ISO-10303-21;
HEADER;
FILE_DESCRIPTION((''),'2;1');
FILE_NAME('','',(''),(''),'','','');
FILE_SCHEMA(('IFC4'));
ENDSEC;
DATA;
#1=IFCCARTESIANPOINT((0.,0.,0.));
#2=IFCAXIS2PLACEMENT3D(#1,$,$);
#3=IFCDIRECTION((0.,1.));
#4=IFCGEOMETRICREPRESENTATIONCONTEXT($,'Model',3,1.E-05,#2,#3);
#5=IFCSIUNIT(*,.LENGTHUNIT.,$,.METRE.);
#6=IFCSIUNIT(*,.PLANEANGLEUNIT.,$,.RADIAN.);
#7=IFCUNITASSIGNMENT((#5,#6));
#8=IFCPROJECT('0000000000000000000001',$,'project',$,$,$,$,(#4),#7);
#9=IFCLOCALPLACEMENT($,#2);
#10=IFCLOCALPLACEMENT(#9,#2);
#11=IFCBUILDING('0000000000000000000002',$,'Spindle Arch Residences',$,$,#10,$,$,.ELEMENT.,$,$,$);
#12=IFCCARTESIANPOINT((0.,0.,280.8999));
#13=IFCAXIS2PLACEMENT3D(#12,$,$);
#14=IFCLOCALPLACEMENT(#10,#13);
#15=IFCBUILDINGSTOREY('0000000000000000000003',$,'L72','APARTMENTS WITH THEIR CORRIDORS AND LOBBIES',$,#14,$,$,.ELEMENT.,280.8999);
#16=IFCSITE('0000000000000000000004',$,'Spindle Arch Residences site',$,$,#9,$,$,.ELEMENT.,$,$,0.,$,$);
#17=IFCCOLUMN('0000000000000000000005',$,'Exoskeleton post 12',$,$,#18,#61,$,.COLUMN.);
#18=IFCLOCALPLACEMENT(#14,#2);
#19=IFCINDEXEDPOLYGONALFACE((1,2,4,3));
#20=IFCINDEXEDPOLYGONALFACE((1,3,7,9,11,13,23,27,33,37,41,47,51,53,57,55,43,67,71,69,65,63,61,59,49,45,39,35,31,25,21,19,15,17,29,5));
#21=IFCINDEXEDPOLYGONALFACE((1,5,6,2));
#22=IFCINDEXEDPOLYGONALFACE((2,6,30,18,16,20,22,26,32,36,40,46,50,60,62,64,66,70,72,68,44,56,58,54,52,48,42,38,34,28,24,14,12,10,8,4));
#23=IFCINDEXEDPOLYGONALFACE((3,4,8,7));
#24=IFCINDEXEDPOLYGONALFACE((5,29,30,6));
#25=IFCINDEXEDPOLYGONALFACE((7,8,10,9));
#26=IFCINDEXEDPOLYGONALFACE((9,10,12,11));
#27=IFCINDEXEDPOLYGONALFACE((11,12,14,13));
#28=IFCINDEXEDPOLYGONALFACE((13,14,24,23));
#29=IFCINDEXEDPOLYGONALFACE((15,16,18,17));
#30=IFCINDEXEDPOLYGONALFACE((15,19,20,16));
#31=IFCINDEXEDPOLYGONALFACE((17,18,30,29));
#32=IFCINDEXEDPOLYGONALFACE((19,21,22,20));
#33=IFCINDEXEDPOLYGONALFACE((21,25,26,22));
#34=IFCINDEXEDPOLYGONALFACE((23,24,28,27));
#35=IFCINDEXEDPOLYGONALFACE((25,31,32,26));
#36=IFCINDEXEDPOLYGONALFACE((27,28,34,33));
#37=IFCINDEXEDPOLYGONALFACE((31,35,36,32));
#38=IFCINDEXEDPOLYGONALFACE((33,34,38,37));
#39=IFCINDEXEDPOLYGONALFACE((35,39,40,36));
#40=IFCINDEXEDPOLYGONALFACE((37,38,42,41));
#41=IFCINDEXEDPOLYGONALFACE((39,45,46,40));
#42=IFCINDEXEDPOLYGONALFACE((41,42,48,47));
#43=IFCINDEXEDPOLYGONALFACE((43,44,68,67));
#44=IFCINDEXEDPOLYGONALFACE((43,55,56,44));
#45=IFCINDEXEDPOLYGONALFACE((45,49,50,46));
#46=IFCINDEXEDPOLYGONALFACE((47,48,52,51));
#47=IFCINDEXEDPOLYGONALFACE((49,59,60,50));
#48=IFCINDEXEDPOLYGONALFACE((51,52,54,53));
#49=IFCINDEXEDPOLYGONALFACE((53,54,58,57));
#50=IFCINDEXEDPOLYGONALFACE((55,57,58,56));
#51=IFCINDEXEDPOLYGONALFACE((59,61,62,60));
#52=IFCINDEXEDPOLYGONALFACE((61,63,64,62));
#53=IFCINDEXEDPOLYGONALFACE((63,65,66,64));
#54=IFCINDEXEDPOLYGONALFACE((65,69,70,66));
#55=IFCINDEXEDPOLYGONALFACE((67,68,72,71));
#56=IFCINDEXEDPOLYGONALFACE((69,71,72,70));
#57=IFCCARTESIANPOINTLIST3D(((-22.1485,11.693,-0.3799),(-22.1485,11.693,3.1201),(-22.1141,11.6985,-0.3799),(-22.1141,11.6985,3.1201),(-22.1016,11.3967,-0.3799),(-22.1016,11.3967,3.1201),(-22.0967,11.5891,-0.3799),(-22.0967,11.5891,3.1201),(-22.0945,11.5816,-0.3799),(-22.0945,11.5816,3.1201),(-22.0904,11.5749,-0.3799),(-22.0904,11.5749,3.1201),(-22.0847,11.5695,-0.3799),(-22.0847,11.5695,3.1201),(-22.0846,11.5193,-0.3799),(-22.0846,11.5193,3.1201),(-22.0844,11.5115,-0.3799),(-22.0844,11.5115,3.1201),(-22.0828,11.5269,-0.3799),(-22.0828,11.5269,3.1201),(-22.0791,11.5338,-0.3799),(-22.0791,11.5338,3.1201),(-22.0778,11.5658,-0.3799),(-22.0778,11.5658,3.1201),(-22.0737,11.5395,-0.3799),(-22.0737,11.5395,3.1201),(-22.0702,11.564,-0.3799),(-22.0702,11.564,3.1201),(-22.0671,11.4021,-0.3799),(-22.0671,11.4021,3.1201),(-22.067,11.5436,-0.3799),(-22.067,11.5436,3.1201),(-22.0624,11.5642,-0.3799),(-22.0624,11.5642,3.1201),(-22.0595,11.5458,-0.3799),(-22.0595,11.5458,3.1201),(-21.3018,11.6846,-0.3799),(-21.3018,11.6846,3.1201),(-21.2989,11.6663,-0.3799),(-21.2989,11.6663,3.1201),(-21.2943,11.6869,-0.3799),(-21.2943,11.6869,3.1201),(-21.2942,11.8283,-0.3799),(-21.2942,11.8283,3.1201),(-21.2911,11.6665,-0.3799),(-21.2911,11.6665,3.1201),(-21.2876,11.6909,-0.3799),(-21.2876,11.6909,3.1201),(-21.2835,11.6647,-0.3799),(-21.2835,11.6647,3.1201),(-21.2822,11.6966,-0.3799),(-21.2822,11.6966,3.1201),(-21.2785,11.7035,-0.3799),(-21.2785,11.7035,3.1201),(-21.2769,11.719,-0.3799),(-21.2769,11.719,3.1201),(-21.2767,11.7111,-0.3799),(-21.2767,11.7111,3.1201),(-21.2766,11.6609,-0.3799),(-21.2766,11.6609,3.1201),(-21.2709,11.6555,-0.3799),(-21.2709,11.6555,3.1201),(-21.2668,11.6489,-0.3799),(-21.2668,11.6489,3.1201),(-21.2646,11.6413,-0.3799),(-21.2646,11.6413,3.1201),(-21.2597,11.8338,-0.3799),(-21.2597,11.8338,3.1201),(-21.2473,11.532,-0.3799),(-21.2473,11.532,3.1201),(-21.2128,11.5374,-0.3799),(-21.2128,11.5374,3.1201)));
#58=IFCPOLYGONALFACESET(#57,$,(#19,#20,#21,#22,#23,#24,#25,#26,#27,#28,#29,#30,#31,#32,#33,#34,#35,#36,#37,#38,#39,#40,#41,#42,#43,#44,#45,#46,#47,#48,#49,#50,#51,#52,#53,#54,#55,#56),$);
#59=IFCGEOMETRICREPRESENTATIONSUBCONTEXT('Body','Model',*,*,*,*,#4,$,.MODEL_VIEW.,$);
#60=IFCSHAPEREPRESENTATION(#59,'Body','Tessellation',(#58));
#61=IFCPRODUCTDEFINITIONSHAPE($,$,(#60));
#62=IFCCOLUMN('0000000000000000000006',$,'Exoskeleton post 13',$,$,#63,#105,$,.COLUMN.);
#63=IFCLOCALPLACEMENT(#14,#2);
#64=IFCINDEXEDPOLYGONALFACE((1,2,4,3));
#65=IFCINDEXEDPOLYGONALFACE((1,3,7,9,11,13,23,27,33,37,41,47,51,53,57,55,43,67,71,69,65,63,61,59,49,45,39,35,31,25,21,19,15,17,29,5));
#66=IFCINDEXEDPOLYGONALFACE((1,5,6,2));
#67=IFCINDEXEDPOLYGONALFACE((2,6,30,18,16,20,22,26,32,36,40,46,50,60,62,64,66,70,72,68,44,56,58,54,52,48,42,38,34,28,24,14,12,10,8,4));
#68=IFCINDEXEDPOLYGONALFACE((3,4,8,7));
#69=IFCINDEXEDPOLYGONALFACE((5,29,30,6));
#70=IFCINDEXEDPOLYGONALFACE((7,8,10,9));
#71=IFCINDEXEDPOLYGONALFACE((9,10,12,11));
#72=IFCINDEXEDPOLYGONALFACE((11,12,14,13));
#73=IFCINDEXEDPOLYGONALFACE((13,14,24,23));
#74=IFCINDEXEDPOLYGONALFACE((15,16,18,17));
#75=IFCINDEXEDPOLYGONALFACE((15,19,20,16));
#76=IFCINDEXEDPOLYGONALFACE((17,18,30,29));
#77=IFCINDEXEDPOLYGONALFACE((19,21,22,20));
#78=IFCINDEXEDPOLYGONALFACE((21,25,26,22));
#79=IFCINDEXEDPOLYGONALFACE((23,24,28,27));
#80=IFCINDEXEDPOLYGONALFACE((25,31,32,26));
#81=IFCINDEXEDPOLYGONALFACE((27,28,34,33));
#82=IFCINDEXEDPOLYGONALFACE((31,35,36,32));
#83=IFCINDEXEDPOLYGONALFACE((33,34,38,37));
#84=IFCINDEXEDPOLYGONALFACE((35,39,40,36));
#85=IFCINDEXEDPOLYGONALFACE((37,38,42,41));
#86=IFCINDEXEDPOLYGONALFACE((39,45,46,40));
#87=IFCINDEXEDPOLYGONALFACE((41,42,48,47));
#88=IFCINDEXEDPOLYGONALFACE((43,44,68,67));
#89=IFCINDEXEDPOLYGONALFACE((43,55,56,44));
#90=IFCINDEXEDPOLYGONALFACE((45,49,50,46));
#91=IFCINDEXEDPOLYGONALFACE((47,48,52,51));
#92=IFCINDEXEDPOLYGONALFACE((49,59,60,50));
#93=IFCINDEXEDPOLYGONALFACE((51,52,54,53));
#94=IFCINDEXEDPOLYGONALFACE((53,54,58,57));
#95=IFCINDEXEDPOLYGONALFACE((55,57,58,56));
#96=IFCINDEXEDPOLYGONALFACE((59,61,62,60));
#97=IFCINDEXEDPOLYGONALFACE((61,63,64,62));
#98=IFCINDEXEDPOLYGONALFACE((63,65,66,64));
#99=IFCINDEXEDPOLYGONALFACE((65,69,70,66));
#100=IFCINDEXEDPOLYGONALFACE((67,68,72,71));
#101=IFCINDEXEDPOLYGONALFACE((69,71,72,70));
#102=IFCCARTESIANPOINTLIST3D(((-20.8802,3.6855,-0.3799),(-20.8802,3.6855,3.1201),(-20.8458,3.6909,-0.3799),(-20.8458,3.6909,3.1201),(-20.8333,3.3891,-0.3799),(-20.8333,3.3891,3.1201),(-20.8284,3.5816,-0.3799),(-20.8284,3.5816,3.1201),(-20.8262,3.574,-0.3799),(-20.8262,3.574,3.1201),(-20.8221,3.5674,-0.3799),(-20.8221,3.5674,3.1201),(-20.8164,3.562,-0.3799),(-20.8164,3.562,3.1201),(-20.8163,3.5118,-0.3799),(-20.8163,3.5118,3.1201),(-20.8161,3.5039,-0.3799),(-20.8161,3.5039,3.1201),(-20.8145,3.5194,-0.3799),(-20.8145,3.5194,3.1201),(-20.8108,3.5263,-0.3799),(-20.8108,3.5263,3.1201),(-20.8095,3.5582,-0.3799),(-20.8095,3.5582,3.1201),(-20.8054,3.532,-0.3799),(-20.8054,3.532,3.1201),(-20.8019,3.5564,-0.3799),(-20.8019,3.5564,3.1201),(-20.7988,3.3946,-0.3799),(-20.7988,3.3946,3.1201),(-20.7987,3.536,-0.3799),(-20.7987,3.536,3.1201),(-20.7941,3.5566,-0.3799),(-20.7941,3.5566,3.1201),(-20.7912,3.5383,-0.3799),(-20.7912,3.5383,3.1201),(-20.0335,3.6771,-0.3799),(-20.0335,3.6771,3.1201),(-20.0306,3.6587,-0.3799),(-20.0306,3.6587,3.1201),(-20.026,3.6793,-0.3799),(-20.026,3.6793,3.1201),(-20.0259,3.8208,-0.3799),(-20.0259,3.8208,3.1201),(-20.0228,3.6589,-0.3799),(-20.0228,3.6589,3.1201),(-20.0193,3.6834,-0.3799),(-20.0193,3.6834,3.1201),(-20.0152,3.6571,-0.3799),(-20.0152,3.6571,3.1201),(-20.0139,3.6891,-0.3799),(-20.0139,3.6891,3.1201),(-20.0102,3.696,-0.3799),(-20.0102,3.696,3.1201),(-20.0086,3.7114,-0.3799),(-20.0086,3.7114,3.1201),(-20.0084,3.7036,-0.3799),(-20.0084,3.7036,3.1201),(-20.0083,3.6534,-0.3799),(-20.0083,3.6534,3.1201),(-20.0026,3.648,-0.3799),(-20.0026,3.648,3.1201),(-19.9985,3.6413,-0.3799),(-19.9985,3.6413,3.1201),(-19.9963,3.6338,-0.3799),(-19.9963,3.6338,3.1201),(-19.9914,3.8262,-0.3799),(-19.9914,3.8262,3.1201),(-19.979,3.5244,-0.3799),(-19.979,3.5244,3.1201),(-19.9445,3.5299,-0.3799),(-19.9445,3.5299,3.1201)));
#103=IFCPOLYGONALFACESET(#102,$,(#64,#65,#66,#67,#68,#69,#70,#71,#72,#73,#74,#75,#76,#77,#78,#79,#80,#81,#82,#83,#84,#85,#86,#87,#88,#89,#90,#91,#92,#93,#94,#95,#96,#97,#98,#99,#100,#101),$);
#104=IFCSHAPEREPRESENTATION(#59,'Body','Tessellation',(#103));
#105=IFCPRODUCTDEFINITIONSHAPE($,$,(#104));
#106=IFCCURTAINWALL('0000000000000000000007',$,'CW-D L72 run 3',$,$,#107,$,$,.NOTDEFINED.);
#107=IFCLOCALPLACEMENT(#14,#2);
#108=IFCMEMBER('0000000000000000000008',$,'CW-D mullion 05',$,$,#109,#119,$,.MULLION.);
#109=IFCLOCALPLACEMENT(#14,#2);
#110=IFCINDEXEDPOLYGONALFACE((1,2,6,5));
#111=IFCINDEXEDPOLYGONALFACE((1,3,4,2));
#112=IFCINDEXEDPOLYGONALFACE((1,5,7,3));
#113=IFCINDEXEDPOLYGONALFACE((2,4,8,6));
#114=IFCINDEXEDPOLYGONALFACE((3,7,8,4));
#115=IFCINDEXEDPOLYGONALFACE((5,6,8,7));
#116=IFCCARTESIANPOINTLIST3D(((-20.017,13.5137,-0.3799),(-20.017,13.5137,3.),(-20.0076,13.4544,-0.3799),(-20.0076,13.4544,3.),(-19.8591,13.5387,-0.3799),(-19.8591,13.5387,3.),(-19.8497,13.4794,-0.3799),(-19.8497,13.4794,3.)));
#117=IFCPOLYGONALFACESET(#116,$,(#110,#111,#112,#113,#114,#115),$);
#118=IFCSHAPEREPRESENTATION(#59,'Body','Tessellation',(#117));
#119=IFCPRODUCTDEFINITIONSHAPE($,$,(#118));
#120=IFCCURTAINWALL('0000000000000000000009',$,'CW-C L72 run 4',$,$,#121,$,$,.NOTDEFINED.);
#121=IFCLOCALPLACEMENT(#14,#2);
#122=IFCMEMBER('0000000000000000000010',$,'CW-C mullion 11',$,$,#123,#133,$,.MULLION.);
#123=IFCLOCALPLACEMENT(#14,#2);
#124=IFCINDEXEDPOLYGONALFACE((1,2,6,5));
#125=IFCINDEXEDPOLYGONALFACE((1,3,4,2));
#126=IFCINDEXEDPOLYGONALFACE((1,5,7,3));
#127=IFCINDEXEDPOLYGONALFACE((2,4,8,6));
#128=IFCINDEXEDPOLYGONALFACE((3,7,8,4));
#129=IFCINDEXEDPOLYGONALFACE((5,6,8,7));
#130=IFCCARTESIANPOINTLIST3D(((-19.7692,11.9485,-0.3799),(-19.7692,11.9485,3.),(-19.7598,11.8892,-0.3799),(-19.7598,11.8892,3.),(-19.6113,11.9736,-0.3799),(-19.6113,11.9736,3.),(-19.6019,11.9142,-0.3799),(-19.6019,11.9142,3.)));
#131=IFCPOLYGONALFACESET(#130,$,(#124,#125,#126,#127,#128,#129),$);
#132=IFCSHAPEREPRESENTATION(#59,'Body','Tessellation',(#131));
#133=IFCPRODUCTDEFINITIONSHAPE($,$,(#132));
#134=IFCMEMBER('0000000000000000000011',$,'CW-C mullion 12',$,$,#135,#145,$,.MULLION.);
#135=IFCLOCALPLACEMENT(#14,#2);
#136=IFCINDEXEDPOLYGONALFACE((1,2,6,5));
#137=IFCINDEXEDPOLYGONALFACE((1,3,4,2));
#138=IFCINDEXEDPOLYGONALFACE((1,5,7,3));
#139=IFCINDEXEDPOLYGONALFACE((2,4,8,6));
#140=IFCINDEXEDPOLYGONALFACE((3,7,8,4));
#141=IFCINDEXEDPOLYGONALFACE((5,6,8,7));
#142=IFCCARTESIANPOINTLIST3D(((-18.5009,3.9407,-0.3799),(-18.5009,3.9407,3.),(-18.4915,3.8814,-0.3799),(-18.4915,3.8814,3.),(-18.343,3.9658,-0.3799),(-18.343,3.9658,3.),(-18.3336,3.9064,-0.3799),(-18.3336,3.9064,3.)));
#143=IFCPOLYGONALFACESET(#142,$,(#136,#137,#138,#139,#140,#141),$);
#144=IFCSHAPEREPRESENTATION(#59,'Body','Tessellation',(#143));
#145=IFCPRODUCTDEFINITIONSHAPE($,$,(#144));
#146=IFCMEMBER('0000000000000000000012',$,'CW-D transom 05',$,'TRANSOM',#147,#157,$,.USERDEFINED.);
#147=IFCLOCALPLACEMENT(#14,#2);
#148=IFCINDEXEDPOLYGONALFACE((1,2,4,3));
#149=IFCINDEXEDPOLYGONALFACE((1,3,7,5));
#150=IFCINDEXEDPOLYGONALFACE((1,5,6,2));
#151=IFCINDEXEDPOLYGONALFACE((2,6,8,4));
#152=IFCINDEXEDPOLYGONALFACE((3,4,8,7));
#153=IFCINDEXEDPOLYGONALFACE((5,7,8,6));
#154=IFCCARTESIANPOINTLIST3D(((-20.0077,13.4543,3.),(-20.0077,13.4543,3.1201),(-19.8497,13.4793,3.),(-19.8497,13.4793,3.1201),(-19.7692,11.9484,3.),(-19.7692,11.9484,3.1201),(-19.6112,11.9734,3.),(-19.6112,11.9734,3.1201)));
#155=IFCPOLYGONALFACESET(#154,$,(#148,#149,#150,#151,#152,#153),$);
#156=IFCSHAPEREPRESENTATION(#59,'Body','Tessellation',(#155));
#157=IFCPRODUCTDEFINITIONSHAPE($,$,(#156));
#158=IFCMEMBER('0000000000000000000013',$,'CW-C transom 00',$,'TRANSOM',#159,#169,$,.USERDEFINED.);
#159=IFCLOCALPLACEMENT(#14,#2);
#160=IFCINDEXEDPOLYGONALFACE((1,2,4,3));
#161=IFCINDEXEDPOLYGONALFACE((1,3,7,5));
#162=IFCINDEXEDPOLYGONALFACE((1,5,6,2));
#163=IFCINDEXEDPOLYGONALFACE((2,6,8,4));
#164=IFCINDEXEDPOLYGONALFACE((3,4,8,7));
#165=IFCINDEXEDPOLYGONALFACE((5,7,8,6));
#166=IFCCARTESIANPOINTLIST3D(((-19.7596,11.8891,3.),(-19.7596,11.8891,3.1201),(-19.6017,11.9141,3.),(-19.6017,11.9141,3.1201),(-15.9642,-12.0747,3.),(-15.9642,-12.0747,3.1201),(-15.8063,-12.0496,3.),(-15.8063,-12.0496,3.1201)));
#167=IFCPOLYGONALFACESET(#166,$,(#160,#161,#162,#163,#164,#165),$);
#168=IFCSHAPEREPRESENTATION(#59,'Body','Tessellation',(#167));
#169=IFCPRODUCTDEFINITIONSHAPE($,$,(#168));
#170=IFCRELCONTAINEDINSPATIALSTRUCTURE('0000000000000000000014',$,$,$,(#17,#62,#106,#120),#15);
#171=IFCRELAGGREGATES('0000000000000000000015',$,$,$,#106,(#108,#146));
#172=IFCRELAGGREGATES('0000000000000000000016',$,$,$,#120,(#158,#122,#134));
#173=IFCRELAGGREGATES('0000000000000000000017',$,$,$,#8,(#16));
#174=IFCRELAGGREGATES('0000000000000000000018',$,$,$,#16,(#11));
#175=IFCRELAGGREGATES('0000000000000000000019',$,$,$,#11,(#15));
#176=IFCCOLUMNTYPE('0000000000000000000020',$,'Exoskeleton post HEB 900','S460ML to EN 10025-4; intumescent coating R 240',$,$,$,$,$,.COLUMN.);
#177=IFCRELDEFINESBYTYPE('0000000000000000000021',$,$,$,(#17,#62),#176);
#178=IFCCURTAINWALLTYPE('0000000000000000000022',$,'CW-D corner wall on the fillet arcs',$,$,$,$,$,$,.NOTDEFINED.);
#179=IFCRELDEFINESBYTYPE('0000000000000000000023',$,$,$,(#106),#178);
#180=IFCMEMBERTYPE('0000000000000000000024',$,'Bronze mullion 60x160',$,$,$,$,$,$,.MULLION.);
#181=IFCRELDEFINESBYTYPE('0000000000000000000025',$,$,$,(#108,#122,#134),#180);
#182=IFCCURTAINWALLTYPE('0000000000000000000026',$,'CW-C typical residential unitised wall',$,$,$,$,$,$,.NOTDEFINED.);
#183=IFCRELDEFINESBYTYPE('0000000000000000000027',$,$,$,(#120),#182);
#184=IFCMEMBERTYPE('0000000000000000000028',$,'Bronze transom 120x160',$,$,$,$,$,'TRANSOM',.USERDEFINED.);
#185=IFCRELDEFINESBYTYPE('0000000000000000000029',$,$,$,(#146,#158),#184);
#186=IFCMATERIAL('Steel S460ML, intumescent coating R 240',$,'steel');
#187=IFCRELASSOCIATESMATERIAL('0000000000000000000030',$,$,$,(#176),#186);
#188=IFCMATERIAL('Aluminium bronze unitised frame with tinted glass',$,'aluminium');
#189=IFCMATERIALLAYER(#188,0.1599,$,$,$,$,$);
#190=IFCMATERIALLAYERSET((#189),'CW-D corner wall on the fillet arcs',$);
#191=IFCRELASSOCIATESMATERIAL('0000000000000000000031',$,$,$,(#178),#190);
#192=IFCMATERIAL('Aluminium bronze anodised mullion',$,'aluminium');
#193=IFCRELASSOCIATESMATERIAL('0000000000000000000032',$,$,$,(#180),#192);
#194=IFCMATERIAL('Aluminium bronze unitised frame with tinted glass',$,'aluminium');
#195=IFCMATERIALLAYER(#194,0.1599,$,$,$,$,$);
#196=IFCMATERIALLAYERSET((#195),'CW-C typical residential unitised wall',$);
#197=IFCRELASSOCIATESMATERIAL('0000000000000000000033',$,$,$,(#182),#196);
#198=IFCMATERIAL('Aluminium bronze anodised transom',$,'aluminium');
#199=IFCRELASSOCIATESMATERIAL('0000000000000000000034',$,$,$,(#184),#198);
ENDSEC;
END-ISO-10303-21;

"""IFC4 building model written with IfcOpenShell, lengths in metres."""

from ifc_helpers import new_model, si_unit, direction, frame, origin, origin_2d, place, context, subcontext, project, spatial, rectangle, i_section, extrude, material, layer, layer_set, material_profile, profile_set, type_object, element, aggregate, save


model = new_model("IFC4")

# Units and contexts
model_context = context("Model", 3, precision=1e-05, world=origin(), true_north=direction((0.0, 1.0)))
body_context = subcontext(model_context, "Body", "Model", "MODEL_VIEW")
ifc_project = project(units=[si_unit("LENGTHUNIT", "METRE"), si_unit("PLANEANGLEUNIT", "RADIAN")], contexts=[model_context])

# Site, building, storey
site_placement = place(None, origin())
site = spatial("IfcSite", under=ifc_project, at=site_placement, Name="Spindle Arch Residences site", CompositionType="ELEMENT", RefElevation=0.0)
building_placement = place(site_placement, origin())
building = spatial("IfcBuilding", under=site, at=building_placement, Name="Spindle Arch Residences", CompositionType="ELEMENT")
storey_placement = place(building_placement, frame((0.0, 0.0, 280.8999)))
storey = spatial("IfcBuildingStorey", under=building, at=storey_placement, Name="L72", Description="APARTMENTS WITH THEIR CORRIDORS AND LOBBIES", CompositionType="ELEMENT", Elevation=280.8999)

# Columns
ifc_material_1 = material(Name="Steel S460ML, intumescent coating R 240", Category="steel")
ifc_material_profile_1 = material_profile(ifc_material_1, i_section(OverallWidth=0.3, OverallDepth=0.8999, WebThickness=0.0186, FlangeThickness=0.0349, FilletRadius=0.03, at=origin_2d()), Name="HEB 900")
ifc_profile_set_1 = profile_set([ifc_material_profile_1], Name="Steel S460ML, intumescent coating R 240")
column_type = type_object("IfcColumnType", Name="Exoskeleton post HEB 900", Description="S460ML to EN 10025-4; intumescent coating R 240", PredefinedType="COLUMN", material=ifc_profile_set_1)
for number, where, z_axis, x_axis, name in (
    (1, (-21.6807, 11.6152, -0.3799), (0.0, 0.0, 1.0), (-0.156434, 0.987688, 0.0), "Exoskeleton post 12"),
    (2, (-20.4124, 3.6077, -0.3799), (0.0, 0.0, 1.0), (-0.156434, 0.987688, 0.0), "Exoskeleton post 13"),
):
    element("IfcColumn", number, at=place(storey_placement, frame(where, z_axis=z_axis, x_axis=x_axis)), inside=storey, type_object=column_type, Name=name, PredefinedType="COLUMN", context=body_context, shape_type="SweptSolid", body=[
        extrude(i_section(OverallWidth=0.3, OverallDepth=0.8999, WebThickness=0.0186, FlangeThickness=0.0349, FilletRadius=0.03, at=origin_2d()), origin(), (0.0, 0.0, 1.0), 3.5),
    ])

# Curtain wall, member
ifc_material_2 = material(Name="Aluminium bronze unitised frame with tinted glass", Category="aluminium")
ifc_layer_1 = layer(ifc_material_2, 0.1599)
ifc_layer_set_1 = layer_set([ifc_layer_1], Name="CW-D corner wall on the fillet arcs")
curtain_wall_type_1 = type_object("IfcCurtainWallType", Name="CW-D corner wall on the fillet arcs", PredefinedType="NOTDEFINED", material=ifc_layer_set_1)
curtain_wall_1_placement = place(storey_placement, origin())
curtain_wall_1 = element("IfcCurtainWall", 3, at=curtain_wall_1_placement, inside=storey, type_object=curtain_wall_type_1, Name="CW-D L72 run 3", PredefinedType="NOTDEFINED")
ifc_material_3 = material(Name="Aluminium bronze anodised mullion", Category="aluminium")
ifc_material_profile_2 = material_profile(ifc_material_3, rectangle(XDim=0.1599, YDim=0.0601, at=origin_2d()), Name="MU 60x160")
ifc_profile_set_2 = profile_set([ifc_material_profile_2], Name="Aluminium bronze anodised mullion")
member_type_1 = type_object("IfcMemberType", Name="Bronze mullion 60x160", PredefinedType="MULLION", material=ifc_profile_set_2)
member_1_placement = place(storey_placement, frame((-19.9333, 13.4966, -0.3799), z_axis=(0.0, 0.0, 1.0), x_axis=(0.987688, 0.156434, 0.0)))
member_1 = element("IfcMember", 4, at=member_1_placement, type_object=member_type_1, Name="CW-D mullion 05", PredefinedType="MULLION", context=body_context, shape_type="SweptSolid", body=[
    extrude(rectangle(XDim=0.1599, YDim=0.0601, at=origin_2d()), origin(), (0.0, 0.0, 1.0), 3.3799),
])

# Curtain wall, members
ifc_material_4 = material(Name="Aluminium bronze unitised frame with tinted glass", Category="aluminium")
ifc_layer_2 = layer(ifc_material_4, 0.1599)
ifc_layer_set_2 = layer_set([ifc_layer_2], Name="CW-C typical residential unitised wall")
curtain_wall_type_2 = type_object("IfcCurtainWallType", Name="CW-C typical residential unitised wall", PredefinedType="NOTDEFINED", material=ifc_layer_set_2)
curtain_wall_2_placement = place(storey_placement, origin())
curtain_wall_2 = element("IfcCurtainWall", 5, at=curtain_wall_2_placement, inside=storey, type_object=curtain_wall_type_2, Name="CW-C L72 run 4", PredefinedType="NOTDEFINED")
member_2_placement = place(storey_placement, frame((-19.6855, 11.9314, -0.3799), z_axis=(0.0, 0.0, 1.0), x_axis=(0.987688, 0.156434, 0.0)))
member_2 = element("IfcMember", 6, at=member_2_placement, type_object=member_type_1, Name="CW-C mullion 11", PredefinedType="MULLION", context=body_context, shape_type="SweptSolid", body=[
    extrude(rectangle(XDim=0.1599, YDim=0.0601, at=origin_2d()), origin(), (0.0, 0.0, 1.0), 3.3799),
])
member_3_placement = place(storey_placement, frame((-18.4172, 3.9236, -0.3799), z_axis=(0.0, 0.0, 1.0), x_axis=(0.987688, 0.156434, 0.0)))
member_3 = element("IfcMember", 7, at=member_3_placement, type_object=member_type_1, Name="CW-C mullion 12", PredefinedType="MULLION", context=body_context, shape_type="SweptSolid", body=[
    extrude(rectangle(XDim=0.1599, YDim=0.0601, at=origin_2d()), origin(), (0.0, 0.0, 1.0), 3.3799),
])

# Members
ifc_material_5 = material(Name="Aluminium bronze anodised transom", Category="aluminium")
ifc_material_profile_3 = material_profile(ifc_material_5, rectangle(XDim=0.1599, YDim=0.1201, at=origin_2d()), Name="TR 120x160")
ifc_profile_set_3 = profile_set([ifc_material_profile_3], Name="Aluminium bronze anodised transom")
member_type_2 = type_object("IfcMemberType", Name="Bronze transom 120x160", ElementType="TRANSOM", PredefinedType="USERDEFINED", material=ifc_profile_set_3)
member_4_placement = place(storey_placement, frame((-19.9287, 13.4668, 3.0601), z_axis=(0.156448, -0.987686, 0.0), x_axis=(0.987686, 0.156448, 0.0)))
member_4 = element("IfcMember", 8, at=member_4_placement, type_object=member_type_2, Name="CW-D transom 05", ObjectType="TRANSOM", PredefinedType="USERDEFINED", context=body_context, shape_type="SweptSolid", body=[
    extrude(rectangle(XDim=0.1599, YDim=0.1201, at=origin_2d()), origin(), (0.0, 0.0, 1.0), 1.5247),
])
member_5_placement = place(storey_placement, frame((-19.6807, 11.9016, 3.0601), z_axis=(0.156431, -0.987689, 0.0), x_axis=(0.987689, 0.156431, 0.0)))
member_5 = element("IfcMember", 9, at=member_5_placement, type_object=member_type_2, Name="CW-C transom 00", ObjectType="TRANSOM", PredefinedType="USERDEFINED", context=body_context, shape_type="SweptSolid", body=[
    extrude(rectangle(XDim=0.1599, YDim=0.1201, at=origin_2d()), origin(), (0.0, 0.0, 1.0), 24.2625),
])

aggregate(curtain_wall_1, [member_1, member_4])
aggregate(curtain_wall_2, [member_5, member_2, member_3])

save(model, "model.ifc")
